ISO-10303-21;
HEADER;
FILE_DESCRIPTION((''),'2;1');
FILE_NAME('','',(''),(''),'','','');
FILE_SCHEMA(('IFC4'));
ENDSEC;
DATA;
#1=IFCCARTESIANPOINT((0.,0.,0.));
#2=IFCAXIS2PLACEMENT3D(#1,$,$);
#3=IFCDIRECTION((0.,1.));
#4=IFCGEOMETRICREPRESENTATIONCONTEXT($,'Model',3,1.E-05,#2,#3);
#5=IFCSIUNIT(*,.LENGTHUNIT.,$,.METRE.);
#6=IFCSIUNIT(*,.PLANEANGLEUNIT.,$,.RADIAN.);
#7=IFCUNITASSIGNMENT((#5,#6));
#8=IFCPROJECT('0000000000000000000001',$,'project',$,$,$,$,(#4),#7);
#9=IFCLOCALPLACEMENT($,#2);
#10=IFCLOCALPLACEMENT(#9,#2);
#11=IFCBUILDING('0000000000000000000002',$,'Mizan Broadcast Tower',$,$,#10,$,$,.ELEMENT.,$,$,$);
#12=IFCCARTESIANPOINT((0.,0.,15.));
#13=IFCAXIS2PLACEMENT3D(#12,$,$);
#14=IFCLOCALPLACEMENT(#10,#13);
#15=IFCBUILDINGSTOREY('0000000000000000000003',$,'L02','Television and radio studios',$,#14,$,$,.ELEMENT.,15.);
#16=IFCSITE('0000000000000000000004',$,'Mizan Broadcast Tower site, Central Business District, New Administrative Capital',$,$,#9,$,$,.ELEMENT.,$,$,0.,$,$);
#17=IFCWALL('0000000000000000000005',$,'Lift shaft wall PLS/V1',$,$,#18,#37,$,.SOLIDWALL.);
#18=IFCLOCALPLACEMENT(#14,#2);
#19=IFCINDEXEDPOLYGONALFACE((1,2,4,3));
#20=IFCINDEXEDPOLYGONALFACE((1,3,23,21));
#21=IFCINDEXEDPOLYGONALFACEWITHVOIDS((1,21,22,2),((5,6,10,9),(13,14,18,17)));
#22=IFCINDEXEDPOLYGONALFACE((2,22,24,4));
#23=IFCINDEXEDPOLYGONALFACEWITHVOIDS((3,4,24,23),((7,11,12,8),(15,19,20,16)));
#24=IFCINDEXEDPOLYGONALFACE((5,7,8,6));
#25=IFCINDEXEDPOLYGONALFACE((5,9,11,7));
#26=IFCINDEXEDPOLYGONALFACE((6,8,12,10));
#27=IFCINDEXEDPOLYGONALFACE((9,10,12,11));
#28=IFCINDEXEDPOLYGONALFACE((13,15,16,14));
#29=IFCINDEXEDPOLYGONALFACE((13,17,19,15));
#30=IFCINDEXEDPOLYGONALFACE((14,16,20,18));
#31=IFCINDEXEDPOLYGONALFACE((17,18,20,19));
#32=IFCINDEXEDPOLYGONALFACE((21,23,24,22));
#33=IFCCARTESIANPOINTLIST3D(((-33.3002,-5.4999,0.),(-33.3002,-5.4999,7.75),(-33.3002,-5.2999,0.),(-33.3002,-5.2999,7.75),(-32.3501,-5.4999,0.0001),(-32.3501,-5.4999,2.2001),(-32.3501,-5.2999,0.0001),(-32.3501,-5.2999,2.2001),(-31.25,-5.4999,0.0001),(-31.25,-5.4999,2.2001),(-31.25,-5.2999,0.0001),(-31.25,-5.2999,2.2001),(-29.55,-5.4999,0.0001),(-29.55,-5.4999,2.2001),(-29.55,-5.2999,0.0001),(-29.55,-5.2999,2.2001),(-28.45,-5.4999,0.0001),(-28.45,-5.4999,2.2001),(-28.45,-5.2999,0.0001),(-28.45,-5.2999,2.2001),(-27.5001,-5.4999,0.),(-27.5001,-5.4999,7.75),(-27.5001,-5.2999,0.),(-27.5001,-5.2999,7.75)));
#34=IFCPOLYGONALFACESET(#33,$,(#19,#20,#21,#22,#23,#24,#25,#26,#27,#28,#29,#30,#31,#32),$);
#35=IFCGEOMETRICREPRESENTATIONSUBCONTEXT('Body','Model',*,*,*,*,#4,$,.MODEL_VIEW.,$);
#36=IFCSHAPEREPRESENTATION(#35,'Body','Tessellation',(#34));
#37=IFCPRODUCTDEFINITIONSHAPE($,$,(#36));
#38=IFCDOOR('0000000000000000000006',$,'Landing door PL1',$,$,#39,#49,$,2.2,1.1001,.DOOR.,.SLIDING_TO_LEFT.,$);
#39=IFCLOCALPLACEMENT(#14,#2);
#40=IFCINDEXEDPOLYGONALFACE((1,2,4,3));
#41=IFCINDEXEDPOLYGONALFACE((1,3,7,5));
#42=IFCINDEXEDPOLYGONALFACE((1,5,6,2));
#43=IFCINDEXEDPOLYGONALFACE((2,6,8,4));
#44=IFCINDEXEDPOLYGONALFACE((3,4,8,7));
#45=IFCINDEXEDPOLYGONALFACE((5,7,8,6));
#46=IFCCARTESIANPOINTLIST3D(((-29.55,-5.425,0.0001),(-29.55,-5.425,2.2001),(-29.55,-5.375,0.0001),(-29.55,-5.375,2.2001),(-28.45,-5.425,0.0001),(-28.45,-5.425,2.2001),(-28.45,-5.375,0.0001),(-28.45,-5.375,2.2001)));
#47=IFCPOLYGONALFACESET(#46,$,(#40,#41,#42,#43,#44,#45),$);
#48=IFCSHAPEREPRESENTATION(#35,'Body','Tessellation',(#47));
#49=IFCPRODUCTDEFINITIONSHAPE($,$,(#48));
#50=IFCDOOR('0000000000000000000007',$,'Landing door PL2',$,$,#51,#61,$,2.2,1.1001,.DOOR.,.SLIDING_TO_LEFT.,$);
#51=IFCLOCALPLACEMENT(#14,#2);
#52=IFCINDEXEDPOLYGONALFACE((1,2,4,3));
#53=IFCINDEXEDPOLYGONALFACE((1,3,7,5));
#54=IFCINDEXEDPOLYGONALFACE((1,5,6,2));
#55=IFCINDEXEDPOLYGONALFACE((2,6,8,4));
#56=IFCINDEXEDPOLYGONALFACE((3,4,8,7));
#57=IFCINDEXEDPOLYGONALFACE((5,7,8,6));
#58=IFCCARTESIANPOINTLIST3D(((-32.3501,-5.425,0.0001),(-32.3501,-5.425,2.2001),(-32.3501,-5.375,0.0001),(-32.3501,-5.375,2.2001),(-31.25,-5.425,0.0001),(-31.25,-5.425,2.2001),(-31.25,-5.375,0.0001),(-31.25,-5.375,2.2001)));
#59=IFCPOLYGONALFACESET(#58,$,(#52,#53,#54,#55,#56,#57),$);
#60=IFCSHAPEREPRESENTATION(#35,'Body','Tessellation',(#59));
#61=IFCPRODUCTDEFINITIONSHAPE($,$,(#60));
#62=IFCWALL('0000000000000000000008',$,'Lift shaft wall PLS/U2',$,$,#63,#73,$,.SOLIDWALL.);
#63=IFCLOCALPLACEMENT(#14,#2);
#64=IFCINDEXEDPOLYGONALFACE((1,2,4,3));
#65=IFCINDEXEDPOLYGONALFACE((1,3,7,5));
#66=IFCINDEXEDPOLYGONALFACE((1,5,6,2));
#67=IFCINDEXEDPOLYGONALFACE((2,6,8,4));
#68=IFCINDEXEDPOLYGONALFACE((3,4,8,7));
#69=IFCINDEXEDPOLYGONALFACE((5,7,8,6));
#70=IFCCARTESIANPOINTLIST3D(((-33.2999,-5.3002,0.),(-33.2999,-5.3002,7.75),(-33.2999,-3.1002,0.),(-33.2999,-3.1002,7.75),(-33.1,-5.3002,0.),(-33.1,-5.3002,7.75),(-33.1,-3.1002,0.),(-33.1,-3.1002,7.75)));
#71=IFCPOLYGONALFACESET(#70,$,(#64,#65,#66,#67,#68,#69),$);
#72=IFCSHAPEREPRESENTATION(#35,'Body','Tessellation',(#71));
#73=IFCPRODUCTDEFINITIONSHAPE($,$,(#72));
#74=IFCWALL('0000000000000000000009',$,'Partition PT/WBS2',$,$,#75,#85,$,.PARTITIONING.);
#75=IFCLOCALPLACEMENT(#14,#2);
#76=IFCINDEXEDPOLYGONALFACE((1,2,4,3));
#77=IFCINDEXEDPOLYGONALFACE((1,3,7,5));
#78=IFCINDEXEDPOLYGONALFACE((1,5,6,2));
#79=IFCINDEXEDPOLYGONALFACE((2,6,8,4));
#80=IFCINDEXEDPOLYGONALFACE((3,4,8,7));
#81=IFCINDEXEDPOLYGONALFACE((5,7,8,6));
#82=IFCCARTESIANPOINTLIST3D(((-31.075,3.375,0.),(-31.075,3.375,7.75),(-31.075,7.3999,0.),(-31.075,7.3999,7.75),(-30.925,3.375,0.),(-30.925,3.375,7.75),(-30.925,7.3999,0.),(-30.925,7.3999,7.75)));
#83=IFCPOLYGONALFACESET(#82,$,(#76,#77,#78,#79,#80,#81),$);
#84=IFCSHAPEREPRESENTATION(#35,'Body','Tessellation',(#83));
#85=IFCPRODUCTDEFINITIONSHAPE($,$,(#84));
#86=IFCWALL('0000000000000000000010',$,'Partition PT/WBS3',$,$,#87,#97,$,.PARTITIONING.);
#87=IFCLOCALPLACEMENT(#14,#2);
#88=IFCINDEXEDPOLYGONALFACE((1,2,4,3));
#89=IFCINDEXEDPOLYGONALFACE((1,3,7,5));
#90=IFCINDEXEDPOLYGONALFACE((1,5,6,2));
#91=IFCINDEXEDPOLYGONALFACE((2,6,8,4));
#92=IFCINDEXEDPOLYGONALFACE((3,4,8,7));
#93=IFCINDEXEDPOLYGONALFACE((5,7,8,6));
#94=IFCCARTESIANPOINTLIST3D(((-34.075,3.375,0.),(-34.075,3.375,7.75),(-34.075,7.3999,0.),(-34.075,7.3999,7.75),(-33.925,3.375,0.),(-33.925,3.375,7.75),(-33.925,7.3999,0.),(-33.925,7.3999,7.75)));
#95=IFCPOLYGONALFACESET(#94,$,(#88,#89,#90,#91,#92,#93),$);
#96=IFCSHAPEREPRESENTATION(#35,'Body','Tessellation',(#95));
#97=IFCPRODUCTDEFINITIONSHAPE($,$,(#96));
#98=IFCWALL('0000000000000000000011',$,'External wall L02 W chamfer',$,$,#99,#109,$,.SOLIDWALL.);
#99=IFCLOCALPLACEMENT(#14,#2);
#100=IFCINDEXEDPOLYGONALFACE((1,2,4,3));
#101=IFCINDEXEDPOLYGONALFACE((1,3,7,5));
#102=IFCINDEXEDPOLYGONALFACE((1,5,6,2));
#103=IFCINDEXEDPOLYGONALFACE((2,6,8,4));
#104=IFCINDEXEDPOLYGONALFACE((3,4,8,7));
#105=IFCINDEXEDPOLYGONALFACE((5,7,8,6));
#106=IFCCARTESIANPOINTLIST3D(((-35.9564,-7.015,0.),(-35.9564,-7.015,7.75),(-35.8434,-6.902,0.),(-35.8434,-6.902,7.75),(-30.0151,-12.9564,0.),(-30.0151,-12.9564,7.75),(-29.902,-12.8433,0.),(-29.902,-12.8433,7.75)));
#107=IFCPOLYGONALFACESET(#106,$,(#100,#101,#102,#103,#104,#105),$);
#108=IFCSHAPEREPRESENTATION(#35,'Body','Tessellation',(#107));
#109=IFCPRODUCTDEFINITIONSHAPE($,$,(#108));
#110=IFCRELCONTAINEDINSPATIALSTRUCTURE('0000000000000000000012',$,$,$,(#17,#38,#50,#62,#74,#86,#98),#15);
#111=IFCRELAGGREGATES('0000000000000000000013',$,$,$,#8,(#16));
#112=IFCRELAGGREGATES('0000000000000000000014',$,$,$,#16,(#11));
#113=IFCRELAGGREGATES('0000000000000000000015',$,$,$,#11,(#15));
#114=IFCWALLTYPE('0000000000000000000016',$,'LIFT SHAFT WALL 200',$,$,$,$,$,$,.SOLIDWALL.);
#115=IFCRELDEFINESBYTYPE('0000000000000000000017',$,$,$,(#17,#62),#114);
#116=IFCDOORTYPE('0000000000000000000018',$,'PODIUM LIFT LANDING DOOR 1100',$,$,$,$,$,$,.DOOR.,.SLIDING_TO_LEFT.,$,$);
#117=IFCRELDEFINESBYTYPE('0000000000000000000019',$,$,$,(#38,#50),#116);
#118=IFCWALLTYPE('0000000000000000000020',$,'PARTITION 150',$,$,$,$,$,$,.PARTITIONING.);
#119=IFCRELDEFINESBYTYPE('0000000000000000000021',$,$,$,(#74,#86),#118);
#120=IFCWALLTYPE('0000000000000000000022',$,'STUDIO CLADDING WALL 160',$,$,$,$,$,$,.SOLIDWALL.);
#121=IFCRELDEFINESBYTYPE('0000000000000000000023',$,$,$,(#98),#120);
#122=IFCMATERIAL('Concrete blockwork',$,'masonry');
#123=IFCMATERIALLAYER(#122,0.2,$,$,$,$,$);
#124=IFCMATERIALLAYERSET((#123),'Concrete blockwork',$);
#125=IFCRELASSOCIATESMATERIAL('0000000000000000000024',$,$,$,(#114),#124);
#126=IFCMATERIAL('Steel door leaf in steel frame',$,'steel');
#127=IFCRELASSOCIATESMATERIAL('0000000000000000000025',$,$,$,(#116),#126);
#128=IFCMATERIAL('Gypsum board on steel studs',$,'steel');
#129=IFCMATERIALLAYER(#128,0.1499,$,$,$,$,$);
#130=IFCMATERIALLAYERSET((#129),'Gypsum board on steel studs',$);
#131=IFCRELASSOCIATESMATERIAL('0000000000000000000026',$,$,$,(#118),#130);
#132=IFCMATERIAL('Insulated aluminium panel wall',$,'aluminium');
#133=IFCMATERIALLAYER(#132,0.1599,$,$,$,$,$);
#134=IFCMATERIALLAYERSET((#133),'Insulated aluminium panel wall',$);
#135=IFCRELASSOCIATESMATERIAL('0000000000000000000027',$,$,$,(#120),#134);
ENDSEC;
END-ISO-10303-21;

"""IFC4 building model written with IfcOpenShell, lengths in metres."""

from ifc_helpers import new_model, si_unit, direction, frame, frame_2d, origin, place, context, subcontext, project, spatial, rectangle, extrude, material, layer, layer_set, type_object, element, fill, save


model = new_model("IFC4")

# Units and contexts
model_context = context("Model", 3, precision=1e-05, world=origin(), true_north=direction((0.0, 1.0)))
body_context = subcontext(model_context, "Body", "Model", "MODEL_VIEW")
ifc_project = project(units=[si_unit("LENGTHUNIT", "METRE"), si_unit("PLANEANGLEUNIT", "RADIAN")], contexts=[model_context])

# Site, building, storey
site_placement = place(None, origin())
site = spatial("IfcSite", under=ifc_project, at=site_placement, Name="Mizan Broadcast Tower site, Central Business District, New Administrative Capital", CompositionType="ELEMENT", RefElevation=0.0)
building_placement = place(site_placement, origin())
building = spatial("IfcBuilding", under=site, at=building_placement, Name="Mizan Broadcast Tower", CompositionType="ELEMENT")
storey_placement = place(building_placement, frame((0.0, 0.0, 15.0)))
storey = spatial("IfcBuildingStorey", under=building, at=storey_placement, Name="L02", Description="Television and radio studios", CompositionType="ELEMENT", Elevation=15.0)

# Wall, openings, doors
ifc_material_1 = material(Name="Concrete blockwork", Category="masonry")
ifc_layer_1 = layer(ifc_material_1, 0.2)
ifc_layer_set_1 = layer_set([ifc_layer_1], Name="Concrete blockwork")
wall_type_1 = type_object("IfcWallType", Name="LIFT SHAFT WALL 200", PredefinedType="SOLIDWALL", material=ifc_layer_set_1)
wall_1_placement = place(storey_placement, frame((-33.3, -5.3999, 0.0), z_axis=(0.0, 0.0, 1.0), x_axis=(1.0, 0.0, 0.0)))
wall_1 = element("IfcWall", 1, at=wall_1_placement, inside=storey, type_object=wall_type_1, Name="Lift shaft wall PLS/V1", PredefinedType="SOLIDWALL", context=body_context, shape_type="SweptSolid", body=[
    extrude(rectangle(XDim=5.8, YDim=0.2, at=frame_2d((2.8999, 0.0))), origin(), (0.0, 0.0, 1.0), 7.75),
])
opening_1_placement = place(wall_1_placement, frame((3.75, 0.0, 0.0)))
opening_1 = element("IfcOpeningElement", 2, at=opening_1_placement, cuts=wall_1, PredefinedType="OPENING", context=body_context, shape_type="SweptSolid", body=[
    extrude(rectangle(XDim=1.1001, YDim=2.2, at=frame_2d((0.55, 1.1001))), frame((0.0, 0.1099, 0.0), z_axis=(0.0, -1.0, 0.0), x_axis=(1.0, 0.0, 0.0)), (0.0, 0.0, 1.0), 0.22),
])
opening_2_placement = place(wall_1_placement, frame((0.95, 0.0, 0.0)))
opening_2 = element("IfcOpeningElement", 3, at=opening_2_placement, cuts=wall_1, PredefinedType="OPENING", context=body_context, shape_type="SweptSolid", body=[
    extrude(rectangle(XDim=1.1001, YDim=2.2, at=frame_2d((0.55, 1.1001))), frame((0.0, 0.1099, 0.0), z_axis=(0.0, -1.0, 0.0), x_axis=(1.0, 0.0, 0.0)), (0.0, 0.0, 1.0), 0.22),
])
ifc_material_2 = material(Name="Steel door leaf in steel frame", Category="steel")
door_type = type_object("IfcDoorType", Name="PODIUM LIFT LANDING DOOR 1100", OperationType="SLIDING_TO_LEFT", PredefinedType="DOOR", material=ifc_material_2)
door_1_placement = place(opening_1_placement, origin())
door_1 = element("IfcDoor", 4, at=door_1_placement, inside=storey, type_object=door_type, Name="Landing door PL1", OperationType="SLIDING_TO_LEFT", OverallHeight=2.2, OverallWidth=1.1001, PredefinedType="DOOR", context=body_context, shape_type="SweptSolid", body=[
    extrude(rectangle(XDim=1.1001, YDim=2.2, at=frame_2d((0.55, 1.1001))), frame((0.0, 0.0249, 0.0), z_axis=(0.0, -1.0, 0.0), x_axis=(1.0, 0.0, 0.0)), (0.0, 0.0, 1.0), 0.05),
])
fill(opening_1, door_1)
door_2_placement = place(opening_2_placement, origin())
door_2 = element("IfcDoor", 5, at=door_2_placement, inside=storey, type_object=door_type, Name="Landing door PL2", OperationType="SLIDING_TO_LEFT", OverallHeight=2.2, OverallWidth=1.1001, PredefinedType="DOOR", context=body_context, shape_type="SweptSolid", body=[
    extrude(rectangle(XDim=1.1001, YDim=2.2, at=frame_2d((0.55, 1.1001))), frame((0.0, 0.0249, 0.0), z_axis=(0.0, -1.0, 0.0), x_axis=(1.0, 0.0, 0.0)), (0.0, 0.0, 1.0), 0.05),
])
fill(opening_2, door_2)

# Walls
wall_2_placement = place(storey_placement, frame((-33.2, -3.1001, 0.0), z_axis=(0.0, 0.0, 1.0), x_axis=(0.0, -1.0, 0.0)))
element("IfcWall", 6, at=wall_2_placement, inside=storey, type_object=wall_type_1, Name="Lift shaft wall PLS/U2", PredefinedType="SOLIDWALL", context=body_context, shape_type="SweptSolid", body=[
    extrude(rectangle(XDim=2.2, YDim=0.2, at=frame_2d((1.1001, 0.0))), origin(), (0.0, 0.0, 1.0), 7.75),
])
ifc_material_3 = material(Name="Gypsum board on steel studs", Category="steel")
ifc_layer_2 = layer(ifc_material_3, 0.1499)
ifc_layer_set_2 = layer_set([ifc_layer_2], Name="Gypsum board on steel studs")
wall_type_2 = type_object("IfcWallType", Name="PARTITION 150", PredefinedType="PARTITIONING", material=ifc_layer_set_2)
for number, where, z_axis, x_axis, name in (
    (7, (-31.0, 3.375, 0.0), (0.0, 0.0, 1.0), (0.0, 1.0, 0.0), "Partition PT/WBS2"),
    (8, (-34.0, 3.375, 0.0), (0.0, 0.0, 1.0), (0.0, 1.0, 0.0), "Partition PT/WBS3"),
):
    element("IfcWall", number, at=place(storey_placement, frame(where, z_axis=z_axis, x_axis=x_axis)), inside=storey, type_object=wall_type_2, Name=name, PredefinedType="PARTITIONING", context=body_context, shape_type="SweptSolid", body=[
        extrude(rectangle(XDim=4.0249, YDim=0.1499, at=frame_2d((2.0125, 0.0))), origin(), (0.0, 0.0, 1.0), 7.75),
    ])
ifc_material_4 = material(Name="Insulated aluminium panel wall", Category="aluminium")
ifc_layer_3 = layer(ifc_material_4, 0.1599)
ifc_layer_set_3 = layer_set([ifc_layer_3], Name="Insulated aluminium panel wall")
wall_type_3 = type_object("IfcWallType", Name="STUDIO CLADDING WALL 160", PredefinedType="SOLIDWALL", material=ifc_layer_set_3)
wall_3_placement = place(storey_placement, frame((-35.8999, -6.9585, 0.0), z_axis=(0.0, 0.0, 1.0), x_axis=(0.707107, -0.707107, 0.0)))
element("IfcWall", 9, at=wall_3_placement, inside=storey, type_object=wall_type_3, Name="External wall L02 W chamfer", PredefinedType="SOLIDWALL", context=body_context, shape_type="SweptSolid", body=[
    extrude(rectangle(XDim=8.4023, YDim=0.1599, at=frame_2d((4.2012, 0.0))), origin(), (0.0, 0.0, 1.0), 7.75),
])

save(model, "model.ifc")
